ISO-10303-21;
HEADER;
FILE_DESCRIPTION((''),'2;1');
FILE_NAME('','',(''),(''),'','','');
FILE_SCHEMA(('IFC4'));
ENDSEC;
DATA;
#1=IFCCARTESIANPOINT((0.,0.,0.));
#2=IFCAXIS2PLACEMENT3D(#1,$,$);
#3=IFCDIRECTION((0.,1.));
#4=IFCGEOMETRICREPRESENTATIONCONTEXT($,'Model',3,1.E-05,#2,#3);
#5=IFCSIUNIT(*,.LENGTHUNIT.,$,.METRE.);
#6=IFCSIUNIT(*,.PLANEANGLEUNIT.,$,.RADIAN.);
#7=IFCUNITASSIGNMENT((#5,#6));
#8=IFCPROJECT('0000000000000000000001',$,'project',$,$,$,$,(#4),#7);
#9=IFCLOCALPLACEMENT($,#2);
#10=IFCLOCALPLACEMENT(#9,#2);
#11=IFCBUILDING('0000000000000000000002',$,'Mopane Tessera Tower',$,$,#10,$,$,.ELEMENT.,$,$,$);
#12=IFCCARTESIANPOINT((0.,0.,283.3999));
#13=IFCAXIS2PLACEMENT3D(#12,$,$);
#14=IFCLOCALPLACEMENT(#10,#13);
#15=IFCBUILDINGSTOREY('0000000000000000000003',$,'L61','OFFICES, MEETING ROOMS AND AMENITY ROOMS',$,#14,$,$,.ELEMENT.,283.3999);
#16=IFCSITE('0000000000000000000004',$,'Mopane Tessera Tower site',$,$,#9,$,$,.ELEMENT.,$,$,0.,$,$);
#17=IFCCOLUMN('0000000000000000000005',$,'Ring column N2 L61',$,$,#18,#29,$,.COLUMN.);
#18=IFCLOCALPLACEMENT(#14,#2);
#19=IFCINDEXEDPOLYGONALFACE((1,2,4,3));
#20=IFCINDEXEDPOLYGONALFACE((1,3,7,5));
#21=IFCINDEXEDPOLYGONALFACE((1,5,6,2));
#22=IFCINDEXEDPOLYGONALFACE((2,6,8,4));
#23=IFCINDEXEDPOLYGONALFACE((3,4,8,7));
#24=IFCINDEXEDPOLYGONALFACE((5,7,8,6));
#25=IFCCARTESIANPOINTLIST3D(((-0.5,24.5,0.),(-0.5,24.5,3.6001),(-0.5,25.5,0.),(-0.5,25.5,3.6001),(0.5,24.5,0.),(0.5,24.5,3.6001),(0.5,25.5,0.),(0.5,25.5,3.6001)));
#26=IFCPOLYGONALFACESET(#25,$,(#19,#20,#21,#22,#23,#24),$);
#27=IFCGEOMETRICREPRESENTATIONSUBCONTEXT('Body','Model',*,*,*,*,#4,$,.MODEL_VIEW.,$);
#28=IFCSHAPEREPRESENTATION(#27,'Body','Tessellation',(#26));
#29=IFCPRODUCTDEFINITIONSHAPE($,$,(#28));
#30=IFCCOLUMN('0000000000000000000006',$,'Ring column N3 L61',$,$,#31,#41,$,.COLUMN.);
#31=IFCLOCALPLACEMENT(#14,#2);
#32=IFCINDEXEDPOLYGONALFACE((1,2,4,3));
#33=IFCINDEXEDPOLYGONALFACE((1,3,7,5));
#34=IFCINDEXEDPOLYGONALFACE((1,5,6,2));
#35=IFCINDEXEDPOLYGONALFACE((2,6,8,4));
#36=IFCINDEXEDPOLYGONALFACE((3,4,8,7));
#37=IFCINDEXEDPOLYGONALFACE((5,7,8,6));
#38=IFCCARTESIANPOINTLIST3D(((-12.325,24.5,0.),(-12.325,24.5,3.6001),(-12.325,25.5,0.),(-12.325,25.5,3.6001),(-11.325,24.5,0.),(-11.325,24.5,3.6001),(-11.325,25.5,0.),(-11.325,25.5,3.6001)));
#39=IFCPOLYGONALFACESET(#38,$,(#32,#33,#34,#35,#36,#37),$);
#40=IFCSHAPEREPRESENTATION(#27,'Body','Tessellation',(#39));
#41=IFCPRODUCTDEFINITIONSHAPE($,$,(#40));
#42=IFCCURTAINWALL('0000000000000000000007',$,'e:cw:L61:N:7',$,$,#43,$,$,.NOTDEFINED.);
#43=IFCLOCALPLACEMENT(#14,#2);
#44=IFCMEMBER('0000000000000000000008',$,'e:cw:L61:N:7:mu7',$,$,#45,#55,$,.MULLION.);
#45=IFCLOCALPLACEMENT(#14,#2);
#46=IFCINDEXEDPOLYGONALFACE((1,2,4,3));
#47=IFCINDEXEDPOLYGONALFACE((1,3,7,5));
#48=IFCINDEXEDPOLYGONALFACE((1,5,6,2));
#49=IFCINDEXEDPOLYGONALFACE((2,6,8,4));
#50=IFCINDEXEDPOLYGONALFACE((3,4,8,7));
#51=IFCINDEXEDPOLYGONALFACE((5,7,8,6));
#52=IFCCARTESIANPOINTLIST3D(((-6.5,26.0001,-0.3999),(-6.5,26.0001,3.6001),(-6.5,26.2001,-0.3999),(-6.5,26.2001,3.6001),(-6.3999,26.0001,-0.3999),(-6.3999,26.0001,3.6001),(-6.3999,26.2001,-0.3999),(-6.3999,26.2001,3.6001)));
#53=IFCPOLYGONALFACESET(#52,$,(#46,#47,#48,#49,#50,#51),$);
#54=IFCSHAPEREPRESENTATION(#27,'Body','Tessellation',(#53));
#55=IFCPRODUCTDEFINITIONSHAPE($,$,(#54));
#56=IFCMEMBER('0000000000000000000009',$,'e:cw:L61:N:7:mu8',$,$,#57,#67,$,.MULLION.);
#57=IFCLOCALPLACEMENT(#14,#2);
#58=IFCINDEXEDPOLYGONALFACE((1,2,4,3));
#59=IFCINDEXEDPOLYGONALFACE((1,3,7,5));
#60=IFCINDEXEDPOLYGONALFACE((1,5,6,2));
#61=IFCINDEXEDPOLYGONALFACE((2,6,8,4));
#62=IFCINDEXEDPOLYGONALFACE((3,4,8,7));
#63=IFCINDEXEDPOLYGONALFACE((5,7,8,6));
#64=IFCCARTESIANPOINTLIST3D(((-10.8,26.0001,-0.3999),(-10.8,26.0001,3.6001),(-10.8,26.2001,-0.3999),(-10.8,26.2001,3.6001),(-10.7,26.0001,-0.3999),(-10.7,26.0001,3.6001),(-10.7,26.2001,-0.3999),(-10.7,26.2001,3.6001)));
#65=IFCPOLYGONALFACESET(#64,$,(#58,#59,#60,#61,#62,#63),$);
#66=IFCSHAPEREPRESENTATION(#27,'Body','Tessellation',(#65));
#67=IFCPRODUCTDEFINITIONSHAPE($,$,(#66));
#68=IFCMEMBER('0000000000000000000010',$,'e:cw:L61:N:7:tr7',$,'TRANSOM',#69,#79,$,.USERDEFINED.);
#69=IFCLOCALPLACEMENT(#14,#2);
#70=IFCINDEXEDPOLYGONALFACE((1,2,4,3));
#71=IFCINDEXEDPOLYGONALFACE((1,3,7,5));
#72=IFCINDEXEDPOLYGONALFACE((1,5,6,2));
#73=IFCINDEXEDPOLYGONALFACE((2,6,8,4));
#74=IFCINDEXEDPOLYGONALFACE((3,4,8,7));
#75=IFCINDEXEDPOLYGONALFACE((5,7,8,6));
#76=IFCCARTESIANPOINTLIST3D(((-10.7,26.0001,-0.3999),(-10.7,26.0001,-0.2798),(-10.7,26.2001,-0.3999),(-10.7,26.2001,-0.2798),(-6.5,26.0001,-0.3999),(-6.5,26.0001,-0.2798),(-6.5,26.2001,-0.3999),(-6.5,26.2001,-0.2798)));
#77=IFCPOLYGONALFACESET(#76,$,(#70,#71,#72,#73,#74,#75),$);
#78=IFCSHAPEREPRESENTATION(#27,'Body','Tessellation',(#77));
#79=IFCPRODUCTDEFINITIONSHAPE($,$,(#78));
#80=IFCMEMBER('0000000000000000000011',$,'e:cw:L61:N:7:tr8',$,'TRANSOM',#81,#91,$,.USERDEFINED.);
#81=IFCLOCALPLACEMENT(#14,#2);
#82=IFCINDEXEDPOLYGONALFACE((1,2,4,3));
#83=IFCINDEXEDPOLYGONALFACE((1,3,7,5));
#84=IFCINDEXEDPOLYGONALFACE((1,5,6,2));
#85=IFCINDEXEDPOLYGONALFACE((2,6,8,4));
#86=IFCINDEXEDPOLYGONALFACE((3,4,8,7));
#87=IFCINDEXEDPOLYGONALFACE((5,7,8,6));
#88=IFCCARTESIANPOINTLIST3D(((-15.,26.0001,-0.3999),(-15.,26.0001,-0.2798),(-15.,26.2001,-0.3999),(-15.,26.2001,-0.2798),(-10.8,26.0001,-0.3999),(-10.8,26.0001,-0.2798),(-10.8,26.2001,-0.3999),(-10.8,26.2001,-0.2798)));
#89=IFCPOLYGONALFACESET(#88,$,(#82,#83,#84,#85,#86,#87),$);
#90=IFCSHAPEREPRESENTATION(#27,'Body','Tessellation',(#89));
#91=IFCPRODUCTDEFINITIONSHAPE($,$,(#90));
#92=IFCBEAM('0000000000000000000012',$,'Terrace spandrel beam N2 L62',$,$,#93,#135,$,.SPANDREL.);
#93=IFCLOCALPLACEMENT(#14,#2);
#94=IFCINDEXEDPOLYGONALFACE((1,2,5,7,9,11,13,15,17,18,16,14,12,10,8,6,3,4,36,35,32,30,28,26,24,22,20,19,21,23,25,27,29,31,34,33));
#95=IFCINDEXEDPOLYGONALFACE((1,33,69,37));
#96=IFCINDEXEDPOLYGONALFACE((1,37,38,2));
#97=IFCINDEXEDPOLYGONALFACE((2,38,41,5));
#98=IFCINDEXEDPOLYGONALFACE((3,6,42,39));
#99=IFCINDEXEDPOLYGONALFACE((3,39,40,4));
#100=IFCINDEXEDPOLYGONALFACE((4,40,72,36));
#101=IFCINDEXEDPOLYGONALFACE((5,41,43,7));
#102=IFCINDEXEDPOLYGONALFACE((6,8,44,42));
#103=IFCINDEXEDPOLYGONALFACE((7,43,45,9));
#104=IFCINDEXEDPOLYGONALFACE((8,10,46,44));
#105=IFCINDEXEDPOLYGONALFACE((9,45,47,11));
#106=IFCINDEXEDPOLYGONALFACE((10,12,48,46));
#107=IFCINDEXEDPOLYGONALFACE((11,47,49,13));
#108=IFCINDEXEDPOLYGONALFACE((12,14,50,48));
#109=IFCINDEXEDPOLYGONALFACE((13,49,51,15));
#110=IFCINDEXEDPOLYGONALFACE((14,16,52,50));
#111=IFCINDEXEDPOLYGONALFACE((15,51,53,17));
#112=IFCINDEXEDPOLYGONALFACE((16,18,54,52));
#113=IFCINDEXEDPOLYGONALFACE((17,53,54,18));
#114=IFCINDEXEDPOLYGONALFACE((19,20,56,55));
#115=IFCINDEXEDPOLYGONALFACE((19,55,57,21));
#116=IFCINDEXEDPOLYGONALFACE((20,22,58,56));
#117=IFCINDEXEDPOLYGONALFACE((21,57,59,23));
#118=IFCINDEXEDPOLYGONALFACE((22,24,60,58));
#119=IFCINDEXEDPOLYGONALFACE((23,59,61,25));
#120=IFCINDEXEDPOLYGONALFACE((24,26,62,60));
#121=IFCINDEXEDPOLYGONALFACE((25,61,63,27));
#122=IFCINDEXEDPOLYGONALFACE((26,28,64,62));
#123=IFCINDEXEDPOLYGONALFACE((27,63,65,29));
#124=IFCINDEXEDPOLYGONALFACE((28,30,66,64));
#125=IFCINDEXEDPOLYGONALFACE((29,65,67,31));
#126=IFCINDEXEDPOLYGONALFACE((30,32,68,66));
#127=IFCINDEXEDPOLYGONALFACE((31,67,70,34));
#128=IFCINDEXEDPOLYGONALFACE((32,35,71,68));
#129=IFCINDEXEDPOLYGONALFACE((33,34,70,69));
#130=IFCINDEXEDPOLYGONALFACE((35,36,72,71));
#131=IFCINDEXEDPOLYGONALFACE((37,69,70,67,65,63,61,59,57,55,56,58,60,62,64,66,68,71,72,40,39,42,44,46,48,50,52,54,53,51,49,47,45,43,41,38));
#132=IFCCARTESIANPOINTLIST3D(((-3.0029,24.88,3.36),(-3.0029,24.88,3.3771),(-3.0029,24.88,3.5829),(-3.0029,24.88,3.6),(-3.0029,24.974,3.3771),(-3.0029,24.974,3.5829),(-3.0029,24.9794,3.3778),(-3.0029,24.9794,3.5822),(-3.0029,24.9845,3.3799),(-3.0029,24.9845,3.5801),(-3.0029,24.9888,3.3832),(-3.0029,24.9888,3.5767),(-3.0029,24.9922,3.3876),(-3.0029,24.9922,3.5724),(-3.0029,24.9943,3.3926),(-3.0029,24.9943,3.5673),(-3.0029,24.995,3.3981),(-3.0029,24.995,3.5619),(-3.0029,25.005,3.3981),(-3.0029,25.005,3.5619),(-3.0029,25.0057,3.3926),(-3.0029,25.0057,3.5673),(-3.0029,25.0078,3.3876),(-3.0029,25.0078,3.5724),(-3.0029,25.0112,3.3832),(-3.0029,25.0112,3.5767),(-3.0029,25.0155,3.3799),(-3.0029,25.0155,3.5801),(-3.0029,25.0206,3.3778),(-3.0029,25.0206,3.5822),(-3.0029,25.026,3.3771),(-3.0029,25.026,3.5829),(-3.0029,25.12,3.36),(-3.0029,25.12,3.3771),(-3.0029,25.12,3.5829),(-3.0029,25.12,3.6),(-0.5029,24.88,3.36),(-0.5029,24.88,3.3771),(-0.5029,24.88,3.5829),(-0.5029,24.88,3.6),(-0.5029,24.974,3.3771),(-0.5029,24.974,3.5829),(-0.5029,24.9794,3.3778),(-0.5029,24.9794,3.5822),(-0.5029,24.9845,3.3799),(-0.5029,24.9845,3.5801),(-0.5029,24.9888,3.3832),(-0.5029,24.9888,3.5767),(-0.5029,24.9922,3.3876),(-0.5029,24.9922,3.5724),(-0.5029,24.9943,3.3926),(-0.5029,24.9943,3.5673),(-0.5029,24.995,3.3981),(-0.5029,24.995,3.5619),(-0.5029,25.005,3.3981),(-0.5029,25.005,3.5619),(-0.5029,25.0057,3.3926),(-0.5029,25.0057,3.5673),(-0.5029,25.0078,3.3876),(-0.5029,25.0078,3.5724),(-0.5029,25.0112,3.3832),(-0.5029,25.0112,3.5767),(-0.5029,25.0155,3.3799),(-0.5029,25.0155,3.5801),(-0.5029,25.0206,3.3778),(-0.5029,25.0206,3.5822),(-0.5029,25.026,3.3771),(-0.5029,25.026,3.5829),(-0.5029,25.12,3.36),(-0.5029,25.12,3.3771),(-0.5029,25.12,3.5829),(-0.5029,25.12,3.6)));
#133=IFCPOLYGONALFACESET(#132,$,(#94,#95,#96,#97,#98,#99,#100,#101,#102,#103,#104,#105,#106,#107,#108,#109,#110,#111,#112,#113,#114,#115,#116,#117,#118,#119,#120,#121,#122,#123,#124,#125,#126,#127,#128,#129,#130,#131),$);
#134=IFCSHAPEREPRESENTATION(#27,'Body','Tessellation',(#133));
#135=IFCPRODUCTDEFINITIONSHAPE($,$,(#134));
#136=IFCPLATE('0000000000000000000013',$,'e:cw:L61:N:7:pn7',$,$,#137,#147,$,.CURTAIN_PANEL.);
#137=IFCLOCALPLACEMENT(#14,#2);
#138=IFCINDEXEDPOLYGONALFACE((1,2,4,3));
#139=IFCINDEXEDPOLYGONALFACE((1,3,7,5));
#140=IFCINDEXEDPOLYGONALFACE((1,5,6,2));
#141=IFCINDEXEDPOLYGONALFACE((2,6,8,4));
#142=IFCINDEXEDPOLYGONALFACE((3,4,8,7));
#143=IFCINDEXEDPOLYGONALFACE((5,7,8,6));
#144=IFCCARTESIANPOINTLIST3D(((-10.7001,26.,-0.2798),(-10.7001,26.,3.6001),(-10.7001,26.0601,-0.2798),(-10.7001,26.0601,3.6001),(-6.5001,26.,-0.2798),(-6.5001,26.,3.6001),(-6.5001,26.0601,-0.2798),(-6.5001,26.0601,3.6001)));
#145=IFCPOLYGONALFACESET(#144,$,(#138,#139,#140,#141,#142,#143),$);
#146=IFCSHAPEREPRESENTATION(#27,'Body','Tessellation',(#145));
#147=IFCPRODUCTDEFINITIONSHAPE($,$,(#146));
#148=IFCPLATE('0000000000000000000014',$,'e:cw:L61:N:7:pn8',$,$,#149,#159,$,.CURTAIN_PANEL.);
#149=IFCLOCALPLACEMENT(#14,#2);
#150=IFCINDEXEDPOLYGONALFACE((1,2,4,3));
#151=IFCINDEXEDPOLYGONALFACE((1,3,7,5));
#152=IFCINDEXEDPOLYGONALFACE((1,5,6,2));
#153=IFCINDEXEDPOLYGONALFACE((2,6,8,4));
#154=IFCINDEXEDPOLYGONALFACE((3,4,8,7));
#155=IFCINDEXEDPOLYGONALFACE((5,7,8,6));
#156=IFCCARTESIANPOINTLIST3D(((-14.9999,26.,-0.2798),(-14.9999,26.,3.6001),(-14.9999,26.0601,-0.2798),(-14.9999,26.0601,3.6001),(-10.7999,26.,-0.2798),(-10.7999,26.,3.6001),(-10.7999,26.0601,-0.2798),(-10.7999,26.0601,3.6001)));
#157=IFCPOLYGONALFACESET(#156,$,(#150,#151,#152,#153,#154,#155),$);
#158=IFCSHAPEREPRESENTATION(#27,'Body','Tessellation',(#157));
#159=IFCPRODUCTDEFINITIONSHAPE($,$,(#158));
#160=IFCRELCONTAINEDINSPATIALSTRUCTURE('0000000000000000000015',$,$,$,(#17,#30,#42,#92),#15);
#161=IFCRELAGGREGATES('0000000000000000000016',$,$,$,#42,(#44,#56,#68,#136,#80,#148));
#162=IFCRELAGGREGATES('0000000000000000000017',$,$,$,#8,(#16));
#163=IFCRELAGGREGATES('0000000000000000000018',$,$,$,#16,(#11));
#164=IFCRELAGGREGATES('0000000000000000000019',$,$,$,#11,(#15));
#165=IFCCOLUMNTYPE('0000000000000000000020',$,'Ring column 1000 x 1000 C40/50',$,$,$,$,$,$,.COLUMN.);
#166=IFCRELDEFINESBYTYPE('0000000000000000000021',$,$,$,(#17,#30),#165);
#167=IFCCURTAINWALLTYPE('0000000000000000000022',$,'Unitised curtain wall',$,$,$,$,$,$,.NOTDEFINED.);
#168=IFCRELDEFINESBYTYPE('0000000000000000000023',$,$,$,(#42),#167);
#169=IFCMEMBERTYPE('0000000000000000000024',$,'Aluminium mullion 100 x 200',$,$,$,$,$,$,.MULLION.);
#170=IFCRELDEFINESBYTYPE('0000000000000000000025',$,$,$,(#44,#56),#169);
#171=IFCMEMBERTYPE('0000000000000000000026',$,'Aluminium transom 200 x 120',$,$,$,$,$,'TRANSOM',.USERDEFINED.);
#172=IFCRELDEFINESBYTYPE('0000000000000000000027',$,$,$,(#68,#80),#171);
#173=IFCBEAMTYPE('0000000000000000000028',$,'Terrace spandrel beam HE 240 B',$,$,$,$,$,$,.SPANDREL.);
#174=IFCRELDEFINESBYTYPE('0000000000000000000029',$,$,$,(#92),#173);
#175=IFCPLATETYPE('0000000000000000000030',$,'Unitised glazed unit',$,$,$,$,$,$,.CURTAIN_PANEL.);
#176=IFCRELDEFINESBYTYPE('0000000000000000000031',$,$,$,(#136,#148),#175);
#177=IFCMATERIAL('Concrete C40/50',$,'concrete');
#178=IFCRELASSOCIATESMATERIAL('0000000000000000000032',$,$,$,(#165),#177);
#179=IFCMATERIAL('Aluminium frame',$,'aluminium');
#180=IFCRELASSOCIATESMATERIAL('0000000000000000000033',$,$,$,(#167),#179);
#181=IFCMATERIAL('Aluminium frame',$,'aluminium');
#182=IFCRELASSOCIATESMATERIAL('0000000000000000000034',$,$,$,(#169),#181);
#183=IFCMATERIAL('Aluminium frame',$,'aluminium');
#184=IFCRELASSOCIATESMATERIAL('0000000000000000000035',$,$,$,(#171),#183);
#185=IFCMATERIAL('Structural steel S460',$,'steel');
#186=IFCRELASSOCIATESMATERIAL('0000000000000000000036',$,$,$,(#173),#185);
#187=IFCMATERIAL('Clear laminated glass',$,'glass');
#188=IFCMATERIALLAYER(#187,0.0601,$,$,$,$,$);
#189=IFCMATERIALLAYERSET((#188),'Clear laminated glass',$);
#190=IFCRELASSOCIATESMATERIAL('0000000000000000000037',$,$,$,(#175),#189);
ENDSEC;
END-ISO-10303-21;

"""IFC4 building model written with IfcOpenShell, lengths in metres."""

from ifc_helpers import new_model, si_unit, direction, frame, origin, origin_2d, place, context, subcontext, project, spatial, rectangle, i_section, extrude, material, layer, layer_set, material_profile, profile_set, type_object, element, aggregate, save


model = new_model("IFC4")

# Units and contexts
model_context = context("Model", 3, precision=1e-05, world=origin(), true_north=direction((0.0, 1.0)))
body_context = subcontext(model_context, "Body", "Model", "MODEL_VIEW")
ifc_project = project(units=[si_unit("LENGTHUNIT", "METRE"), si_unit("PLANEANGLEUNIT", "RADIAN")], contexts=[model_context])

# Site, building, storey
site_placement = place(None, origin())
site = spatial("IfcSite", under=ifc_project, at=site_placement, Name="Mopane Tessera Tower site", CompositionType="ELEMENT", RefElevation=0.0)
building_placement = place(site_placement, origin())
building = spatial("IfcBuilding", under=site, at=building_placement, Name="Mopane Tessera Tower", CompositionType="ELEMENT")
storey_placement = place(building_placement, frame((0.0, 0.0, 283.3999)))
storey = spatial("IfcBuildingStorey", under=building, at=storey_placement, Name="L61", Description="OFFICES, MEETING ROOMS AND AMENITY ROOMS", CompositionType="ELEMENT", Elevation=283.3999)

# Columns
ifc_material_1 = material(Name="Concrete C40/50", Category="concrete")
ifc_material_profile_1 = material_profile(ifc_material_1, rectangle(XDim=1.0, YDim=1.0, at=origin_2d()))
ifc_profile_set_1 = profile_set([ifc_material_profile_1], Name="Concrete C40/50")
column_type = type_object("IfcColumnType", Name="Ring column 1000 x 1000 C40/50", PredefinedType="COLUMN", material=ifc_profile_set_1)
for number, where, z_axis, x_axis, name in (
    (1, (0.0, 25.0, 0.0), (0.0, 0.0, 1.0), (1.0, 0.0, 0.0), "Ring column N2 L61"),
    (2, (-11.825, 25.0, 0.0), (0.0, 0.0, 1.0), (1.0, 0.0, 0.0), "Ring column N3 L61"),
):
    element("IfcColumn", number, at=place(storey_placement, frame(where, z_axis=z_axis, x_axis=x_axis)), inside=storey, type_object=column_type, Name=name, PredefinedType="COLUMN", context=body_context, shape_type="SweptSolid", body=[
        extrude(rectangle(XDim=1.0, YDim=1.0, at=origin_2d()), origin(), (0.0, 0.0, 1.0), 3.6001),
    ])

# Curtain wall, members
ifc_material_2 = material(Name="Aluminium frame", Category="aluminium")
curtain_wall_type = type_object("IfcCurtainWallType", Name="Unitised curtain wall", PredefinedType="NOTDEFINED", material=ifc_material_2)
curtain_wall_placement = place(storey_placement, origin())
curtain_wall = element("IfcCurtainWall", 3, at=curtain_wall_placement, inside=storey, type_object=curtain_wall_type, Name="e:cw:L61:N:7", PredefinedType="NOTDEFINED")
ifc_material_3 = material(Name="Aluminium frame", Category="aluminium")
ifc_material_profile_2 = material_profile(ifc_material_3, rectangle(XDim=0.1001, YDim=0.2, at=origin_2d()))
ifc_profile_set_2 = profile_set([ifc_material_profile_2], Name="Aluminium frame")
member_type_1 = type_object("IfcMemberType", Name="Aluminium mullion 100 x 200", PredefinedType="MULLION", material=ifc_profile_set_2)
member_1_placement = place(storey_placement, frame((-6.45, 26.1001, -0.3999), z_axis=(0.0, 0.0, 1.0), x_axis=(-1.0, 0.0, 0.0)))
member_1 = element("IfcMember", 4, at=member_1_placement, type_object=member_type_1, Name="e:cw:L61:N:7:mu7", PredefinedType="MULLION", context=body_context, shape_type="SweptSolid", body=[
    extrude(rectangle(XDim=0.1001, YDim=0.2, at=origin_2d()), origin(), (0.0, 0.0, 1.0), 4.0),
])
member_2_placement = place(storey_placement, frame((-10.75, 26.1001, -0.3999), z_axis=(0.0, 0.0, 1.0), x_axis=(-1.0, 0.0, 0.0)))
member_2 = element("IfcMember", 5, at=member_2_placement, type_object=member_type_1, Name="e:cw:L61:N:7:mu8", PredefinedType="MULLION", context=body_context, shape_type="SweptSolid", body=[
    extrude(rectangle(XDim=0.1001, YDim=0.2, at=origin_2d()), origin(), (0.0, 0.0, 1.0), 4.0),
])
ifc_material_4 = material(Name="Aluminium frame", Category="aluminium")
ifc_material_profile_3 = material_profile(ifc_material_4, rectangle(XDim=0.2, YDim=0.1201, at=origin_2d()))
ifc_profile_set_3 = profile_set([ifc_material_profile_3], Name="Aluminium frame")
member_type_2 = type_object("IfcMemberType", Name="Aluminium transom 200 x 120", ElementType="TRANSOM", PredefinedType="USERDEFINED", material=ifc_profile_set_3)
member_3_placement = place(storey_placement, frame((-6.5, 26.1001, -0.3398), z_axis=(-1.0, 0.0, 0.0), x_axis=(0.0, -1.0, 0.0)))
member_3 = element("IfcMember", 6, at=member_3_placement, type_object=member_type_2, Name="e:cw:L61:N:7:tr7", ObjectType="TRANSOM", PredefinedType="USERDEFINED", context=body_context, shape_type="SweptSolid", body=[
    extrude(rectangle(XDim=0.2, YDim=0.1201, at=origin_2d()), origin(), (0.0, 0.0, 1.0), 4.2),
])
member_4_placement = place(storey_placement, frame((-10.8, 26.1001, -0.3398), z_axis=(-1.0, 0.0, 0.0), x_axis=(0.0, -1.0, 0.0)))
member_4 = element("IfcMember", 7, at=member_4_placement, type_object=member_type_2, Name="e:cw:L61:N:7:tr8", ObjectType="TRANSOM", PredefinedType="USERDEFINED", context=body_context, shape_type="SweptSolid", body=[
    extrude(rectangle(XDim=0.2, YDim=0.1201, at=origin_2d()), origin(), (0.0, 0.0, 1.0), 4.2),
])

# Beam
ifc_material_5 = material(Name="Structural steel S460", Category="steel")
ifc_material_profile_4 = material_profile(ifc_material_5, i_section(OverallWidth=0.24, OverallDepth=0.24, WebThickness=0.01, FlangeThickness=0.0171, FilletRadius=0.021, at=origin_2d()))
ifc_profile_set_4 = profile_set([ifc_material_profile_4], Name="Structural steel S460")
beam_type = type_object("IfcBeamType", Name="Terrace spandrel beam HE 240 B", PredefinedType="SPANDREL", material=ifc_profile_set_4)
beam_placement = place(storey_placement, frame((-0.5029, 25.0, 3.48), z_axis=(-1.0, 0.0, 0.0), x_axis=(0.0, -1.0, 0.0)))
element("IfcBeam", 8, at=beam_placement, inside=storey, type_object=beam_type, Name="Terrace spandrel beam N2 L62", PredefinedType="SPANDREL", context=body_context, shape_type="SweptSolid", body=[
    extrude(i_section(OverallWidth=0.24, OverallDepth=0.24, WebThickness=0.01, FlangeThickness=0.0171, FilletRadius=0.021, at=origin_2d()), origin(), (0.0, 0.0, 1.0), 2.5),
])

# Plates
ifc_material_6 = material(Name="Clear laminated glass", Category="glass")
ifc_layer_1 = layer(ifc_material_6, 0.0601)
ifc_layer_set_1 = layer_set([ifc_layer_1], Name="Clear laminated glass")
plate_type = type_object("IfcPlateType", Name="Unitised glazed unit", PredefinedType="CURTAIN_PANEL", material=ifc_layer_set_1)
plate_1_placement = place(storey_placement, frame((-8.6001, 26.03, -0.2798), z_axis=(0.0, 0.0, 1.0), x_axis=(-1.0, 0.0, 0.0)))
plate_1 = element("IfcPlate", 9, at=plate_1_placement, type_object=plate_type, Name="e:cw:L61:N:7:pn7", PredefinedType="CURTAIN_PANEL", context=body_context, shape_type="SweptSolid", body=[
    extrude(rectangle(XDim=4.2, YDim=0.0601, at=origin_2d()), origin(), (0.0, 0.0, 1.0), 3.8799),
])
plate_2_placement = place(storey_placement, frame((-12.8999, 26.03, -0.2798), z_axis=(0.0, 0.0, 1.0), x_axis=(-1.0, 0.0, 0.0)))
plate_2 = element("IfcPlate", 10, at=plate_2_placement, type_object=plate_type, Name="e:cw:L61:N:7:pn8", PredefinedType="CURTAIN_PANEL", context=body_context, shape_type="SweptSolid", body=[
    extrude(rectangle(XDim=4.2, YDim=0.0601, at=origin_2d()), origin(), (0.0, 0.0, 1.0), 3.8799),
])
aggregate(curtain_wall, [member_1, member_2, member_3, plate_1, member_4, plate_2])

save(model, "model.ifc")
